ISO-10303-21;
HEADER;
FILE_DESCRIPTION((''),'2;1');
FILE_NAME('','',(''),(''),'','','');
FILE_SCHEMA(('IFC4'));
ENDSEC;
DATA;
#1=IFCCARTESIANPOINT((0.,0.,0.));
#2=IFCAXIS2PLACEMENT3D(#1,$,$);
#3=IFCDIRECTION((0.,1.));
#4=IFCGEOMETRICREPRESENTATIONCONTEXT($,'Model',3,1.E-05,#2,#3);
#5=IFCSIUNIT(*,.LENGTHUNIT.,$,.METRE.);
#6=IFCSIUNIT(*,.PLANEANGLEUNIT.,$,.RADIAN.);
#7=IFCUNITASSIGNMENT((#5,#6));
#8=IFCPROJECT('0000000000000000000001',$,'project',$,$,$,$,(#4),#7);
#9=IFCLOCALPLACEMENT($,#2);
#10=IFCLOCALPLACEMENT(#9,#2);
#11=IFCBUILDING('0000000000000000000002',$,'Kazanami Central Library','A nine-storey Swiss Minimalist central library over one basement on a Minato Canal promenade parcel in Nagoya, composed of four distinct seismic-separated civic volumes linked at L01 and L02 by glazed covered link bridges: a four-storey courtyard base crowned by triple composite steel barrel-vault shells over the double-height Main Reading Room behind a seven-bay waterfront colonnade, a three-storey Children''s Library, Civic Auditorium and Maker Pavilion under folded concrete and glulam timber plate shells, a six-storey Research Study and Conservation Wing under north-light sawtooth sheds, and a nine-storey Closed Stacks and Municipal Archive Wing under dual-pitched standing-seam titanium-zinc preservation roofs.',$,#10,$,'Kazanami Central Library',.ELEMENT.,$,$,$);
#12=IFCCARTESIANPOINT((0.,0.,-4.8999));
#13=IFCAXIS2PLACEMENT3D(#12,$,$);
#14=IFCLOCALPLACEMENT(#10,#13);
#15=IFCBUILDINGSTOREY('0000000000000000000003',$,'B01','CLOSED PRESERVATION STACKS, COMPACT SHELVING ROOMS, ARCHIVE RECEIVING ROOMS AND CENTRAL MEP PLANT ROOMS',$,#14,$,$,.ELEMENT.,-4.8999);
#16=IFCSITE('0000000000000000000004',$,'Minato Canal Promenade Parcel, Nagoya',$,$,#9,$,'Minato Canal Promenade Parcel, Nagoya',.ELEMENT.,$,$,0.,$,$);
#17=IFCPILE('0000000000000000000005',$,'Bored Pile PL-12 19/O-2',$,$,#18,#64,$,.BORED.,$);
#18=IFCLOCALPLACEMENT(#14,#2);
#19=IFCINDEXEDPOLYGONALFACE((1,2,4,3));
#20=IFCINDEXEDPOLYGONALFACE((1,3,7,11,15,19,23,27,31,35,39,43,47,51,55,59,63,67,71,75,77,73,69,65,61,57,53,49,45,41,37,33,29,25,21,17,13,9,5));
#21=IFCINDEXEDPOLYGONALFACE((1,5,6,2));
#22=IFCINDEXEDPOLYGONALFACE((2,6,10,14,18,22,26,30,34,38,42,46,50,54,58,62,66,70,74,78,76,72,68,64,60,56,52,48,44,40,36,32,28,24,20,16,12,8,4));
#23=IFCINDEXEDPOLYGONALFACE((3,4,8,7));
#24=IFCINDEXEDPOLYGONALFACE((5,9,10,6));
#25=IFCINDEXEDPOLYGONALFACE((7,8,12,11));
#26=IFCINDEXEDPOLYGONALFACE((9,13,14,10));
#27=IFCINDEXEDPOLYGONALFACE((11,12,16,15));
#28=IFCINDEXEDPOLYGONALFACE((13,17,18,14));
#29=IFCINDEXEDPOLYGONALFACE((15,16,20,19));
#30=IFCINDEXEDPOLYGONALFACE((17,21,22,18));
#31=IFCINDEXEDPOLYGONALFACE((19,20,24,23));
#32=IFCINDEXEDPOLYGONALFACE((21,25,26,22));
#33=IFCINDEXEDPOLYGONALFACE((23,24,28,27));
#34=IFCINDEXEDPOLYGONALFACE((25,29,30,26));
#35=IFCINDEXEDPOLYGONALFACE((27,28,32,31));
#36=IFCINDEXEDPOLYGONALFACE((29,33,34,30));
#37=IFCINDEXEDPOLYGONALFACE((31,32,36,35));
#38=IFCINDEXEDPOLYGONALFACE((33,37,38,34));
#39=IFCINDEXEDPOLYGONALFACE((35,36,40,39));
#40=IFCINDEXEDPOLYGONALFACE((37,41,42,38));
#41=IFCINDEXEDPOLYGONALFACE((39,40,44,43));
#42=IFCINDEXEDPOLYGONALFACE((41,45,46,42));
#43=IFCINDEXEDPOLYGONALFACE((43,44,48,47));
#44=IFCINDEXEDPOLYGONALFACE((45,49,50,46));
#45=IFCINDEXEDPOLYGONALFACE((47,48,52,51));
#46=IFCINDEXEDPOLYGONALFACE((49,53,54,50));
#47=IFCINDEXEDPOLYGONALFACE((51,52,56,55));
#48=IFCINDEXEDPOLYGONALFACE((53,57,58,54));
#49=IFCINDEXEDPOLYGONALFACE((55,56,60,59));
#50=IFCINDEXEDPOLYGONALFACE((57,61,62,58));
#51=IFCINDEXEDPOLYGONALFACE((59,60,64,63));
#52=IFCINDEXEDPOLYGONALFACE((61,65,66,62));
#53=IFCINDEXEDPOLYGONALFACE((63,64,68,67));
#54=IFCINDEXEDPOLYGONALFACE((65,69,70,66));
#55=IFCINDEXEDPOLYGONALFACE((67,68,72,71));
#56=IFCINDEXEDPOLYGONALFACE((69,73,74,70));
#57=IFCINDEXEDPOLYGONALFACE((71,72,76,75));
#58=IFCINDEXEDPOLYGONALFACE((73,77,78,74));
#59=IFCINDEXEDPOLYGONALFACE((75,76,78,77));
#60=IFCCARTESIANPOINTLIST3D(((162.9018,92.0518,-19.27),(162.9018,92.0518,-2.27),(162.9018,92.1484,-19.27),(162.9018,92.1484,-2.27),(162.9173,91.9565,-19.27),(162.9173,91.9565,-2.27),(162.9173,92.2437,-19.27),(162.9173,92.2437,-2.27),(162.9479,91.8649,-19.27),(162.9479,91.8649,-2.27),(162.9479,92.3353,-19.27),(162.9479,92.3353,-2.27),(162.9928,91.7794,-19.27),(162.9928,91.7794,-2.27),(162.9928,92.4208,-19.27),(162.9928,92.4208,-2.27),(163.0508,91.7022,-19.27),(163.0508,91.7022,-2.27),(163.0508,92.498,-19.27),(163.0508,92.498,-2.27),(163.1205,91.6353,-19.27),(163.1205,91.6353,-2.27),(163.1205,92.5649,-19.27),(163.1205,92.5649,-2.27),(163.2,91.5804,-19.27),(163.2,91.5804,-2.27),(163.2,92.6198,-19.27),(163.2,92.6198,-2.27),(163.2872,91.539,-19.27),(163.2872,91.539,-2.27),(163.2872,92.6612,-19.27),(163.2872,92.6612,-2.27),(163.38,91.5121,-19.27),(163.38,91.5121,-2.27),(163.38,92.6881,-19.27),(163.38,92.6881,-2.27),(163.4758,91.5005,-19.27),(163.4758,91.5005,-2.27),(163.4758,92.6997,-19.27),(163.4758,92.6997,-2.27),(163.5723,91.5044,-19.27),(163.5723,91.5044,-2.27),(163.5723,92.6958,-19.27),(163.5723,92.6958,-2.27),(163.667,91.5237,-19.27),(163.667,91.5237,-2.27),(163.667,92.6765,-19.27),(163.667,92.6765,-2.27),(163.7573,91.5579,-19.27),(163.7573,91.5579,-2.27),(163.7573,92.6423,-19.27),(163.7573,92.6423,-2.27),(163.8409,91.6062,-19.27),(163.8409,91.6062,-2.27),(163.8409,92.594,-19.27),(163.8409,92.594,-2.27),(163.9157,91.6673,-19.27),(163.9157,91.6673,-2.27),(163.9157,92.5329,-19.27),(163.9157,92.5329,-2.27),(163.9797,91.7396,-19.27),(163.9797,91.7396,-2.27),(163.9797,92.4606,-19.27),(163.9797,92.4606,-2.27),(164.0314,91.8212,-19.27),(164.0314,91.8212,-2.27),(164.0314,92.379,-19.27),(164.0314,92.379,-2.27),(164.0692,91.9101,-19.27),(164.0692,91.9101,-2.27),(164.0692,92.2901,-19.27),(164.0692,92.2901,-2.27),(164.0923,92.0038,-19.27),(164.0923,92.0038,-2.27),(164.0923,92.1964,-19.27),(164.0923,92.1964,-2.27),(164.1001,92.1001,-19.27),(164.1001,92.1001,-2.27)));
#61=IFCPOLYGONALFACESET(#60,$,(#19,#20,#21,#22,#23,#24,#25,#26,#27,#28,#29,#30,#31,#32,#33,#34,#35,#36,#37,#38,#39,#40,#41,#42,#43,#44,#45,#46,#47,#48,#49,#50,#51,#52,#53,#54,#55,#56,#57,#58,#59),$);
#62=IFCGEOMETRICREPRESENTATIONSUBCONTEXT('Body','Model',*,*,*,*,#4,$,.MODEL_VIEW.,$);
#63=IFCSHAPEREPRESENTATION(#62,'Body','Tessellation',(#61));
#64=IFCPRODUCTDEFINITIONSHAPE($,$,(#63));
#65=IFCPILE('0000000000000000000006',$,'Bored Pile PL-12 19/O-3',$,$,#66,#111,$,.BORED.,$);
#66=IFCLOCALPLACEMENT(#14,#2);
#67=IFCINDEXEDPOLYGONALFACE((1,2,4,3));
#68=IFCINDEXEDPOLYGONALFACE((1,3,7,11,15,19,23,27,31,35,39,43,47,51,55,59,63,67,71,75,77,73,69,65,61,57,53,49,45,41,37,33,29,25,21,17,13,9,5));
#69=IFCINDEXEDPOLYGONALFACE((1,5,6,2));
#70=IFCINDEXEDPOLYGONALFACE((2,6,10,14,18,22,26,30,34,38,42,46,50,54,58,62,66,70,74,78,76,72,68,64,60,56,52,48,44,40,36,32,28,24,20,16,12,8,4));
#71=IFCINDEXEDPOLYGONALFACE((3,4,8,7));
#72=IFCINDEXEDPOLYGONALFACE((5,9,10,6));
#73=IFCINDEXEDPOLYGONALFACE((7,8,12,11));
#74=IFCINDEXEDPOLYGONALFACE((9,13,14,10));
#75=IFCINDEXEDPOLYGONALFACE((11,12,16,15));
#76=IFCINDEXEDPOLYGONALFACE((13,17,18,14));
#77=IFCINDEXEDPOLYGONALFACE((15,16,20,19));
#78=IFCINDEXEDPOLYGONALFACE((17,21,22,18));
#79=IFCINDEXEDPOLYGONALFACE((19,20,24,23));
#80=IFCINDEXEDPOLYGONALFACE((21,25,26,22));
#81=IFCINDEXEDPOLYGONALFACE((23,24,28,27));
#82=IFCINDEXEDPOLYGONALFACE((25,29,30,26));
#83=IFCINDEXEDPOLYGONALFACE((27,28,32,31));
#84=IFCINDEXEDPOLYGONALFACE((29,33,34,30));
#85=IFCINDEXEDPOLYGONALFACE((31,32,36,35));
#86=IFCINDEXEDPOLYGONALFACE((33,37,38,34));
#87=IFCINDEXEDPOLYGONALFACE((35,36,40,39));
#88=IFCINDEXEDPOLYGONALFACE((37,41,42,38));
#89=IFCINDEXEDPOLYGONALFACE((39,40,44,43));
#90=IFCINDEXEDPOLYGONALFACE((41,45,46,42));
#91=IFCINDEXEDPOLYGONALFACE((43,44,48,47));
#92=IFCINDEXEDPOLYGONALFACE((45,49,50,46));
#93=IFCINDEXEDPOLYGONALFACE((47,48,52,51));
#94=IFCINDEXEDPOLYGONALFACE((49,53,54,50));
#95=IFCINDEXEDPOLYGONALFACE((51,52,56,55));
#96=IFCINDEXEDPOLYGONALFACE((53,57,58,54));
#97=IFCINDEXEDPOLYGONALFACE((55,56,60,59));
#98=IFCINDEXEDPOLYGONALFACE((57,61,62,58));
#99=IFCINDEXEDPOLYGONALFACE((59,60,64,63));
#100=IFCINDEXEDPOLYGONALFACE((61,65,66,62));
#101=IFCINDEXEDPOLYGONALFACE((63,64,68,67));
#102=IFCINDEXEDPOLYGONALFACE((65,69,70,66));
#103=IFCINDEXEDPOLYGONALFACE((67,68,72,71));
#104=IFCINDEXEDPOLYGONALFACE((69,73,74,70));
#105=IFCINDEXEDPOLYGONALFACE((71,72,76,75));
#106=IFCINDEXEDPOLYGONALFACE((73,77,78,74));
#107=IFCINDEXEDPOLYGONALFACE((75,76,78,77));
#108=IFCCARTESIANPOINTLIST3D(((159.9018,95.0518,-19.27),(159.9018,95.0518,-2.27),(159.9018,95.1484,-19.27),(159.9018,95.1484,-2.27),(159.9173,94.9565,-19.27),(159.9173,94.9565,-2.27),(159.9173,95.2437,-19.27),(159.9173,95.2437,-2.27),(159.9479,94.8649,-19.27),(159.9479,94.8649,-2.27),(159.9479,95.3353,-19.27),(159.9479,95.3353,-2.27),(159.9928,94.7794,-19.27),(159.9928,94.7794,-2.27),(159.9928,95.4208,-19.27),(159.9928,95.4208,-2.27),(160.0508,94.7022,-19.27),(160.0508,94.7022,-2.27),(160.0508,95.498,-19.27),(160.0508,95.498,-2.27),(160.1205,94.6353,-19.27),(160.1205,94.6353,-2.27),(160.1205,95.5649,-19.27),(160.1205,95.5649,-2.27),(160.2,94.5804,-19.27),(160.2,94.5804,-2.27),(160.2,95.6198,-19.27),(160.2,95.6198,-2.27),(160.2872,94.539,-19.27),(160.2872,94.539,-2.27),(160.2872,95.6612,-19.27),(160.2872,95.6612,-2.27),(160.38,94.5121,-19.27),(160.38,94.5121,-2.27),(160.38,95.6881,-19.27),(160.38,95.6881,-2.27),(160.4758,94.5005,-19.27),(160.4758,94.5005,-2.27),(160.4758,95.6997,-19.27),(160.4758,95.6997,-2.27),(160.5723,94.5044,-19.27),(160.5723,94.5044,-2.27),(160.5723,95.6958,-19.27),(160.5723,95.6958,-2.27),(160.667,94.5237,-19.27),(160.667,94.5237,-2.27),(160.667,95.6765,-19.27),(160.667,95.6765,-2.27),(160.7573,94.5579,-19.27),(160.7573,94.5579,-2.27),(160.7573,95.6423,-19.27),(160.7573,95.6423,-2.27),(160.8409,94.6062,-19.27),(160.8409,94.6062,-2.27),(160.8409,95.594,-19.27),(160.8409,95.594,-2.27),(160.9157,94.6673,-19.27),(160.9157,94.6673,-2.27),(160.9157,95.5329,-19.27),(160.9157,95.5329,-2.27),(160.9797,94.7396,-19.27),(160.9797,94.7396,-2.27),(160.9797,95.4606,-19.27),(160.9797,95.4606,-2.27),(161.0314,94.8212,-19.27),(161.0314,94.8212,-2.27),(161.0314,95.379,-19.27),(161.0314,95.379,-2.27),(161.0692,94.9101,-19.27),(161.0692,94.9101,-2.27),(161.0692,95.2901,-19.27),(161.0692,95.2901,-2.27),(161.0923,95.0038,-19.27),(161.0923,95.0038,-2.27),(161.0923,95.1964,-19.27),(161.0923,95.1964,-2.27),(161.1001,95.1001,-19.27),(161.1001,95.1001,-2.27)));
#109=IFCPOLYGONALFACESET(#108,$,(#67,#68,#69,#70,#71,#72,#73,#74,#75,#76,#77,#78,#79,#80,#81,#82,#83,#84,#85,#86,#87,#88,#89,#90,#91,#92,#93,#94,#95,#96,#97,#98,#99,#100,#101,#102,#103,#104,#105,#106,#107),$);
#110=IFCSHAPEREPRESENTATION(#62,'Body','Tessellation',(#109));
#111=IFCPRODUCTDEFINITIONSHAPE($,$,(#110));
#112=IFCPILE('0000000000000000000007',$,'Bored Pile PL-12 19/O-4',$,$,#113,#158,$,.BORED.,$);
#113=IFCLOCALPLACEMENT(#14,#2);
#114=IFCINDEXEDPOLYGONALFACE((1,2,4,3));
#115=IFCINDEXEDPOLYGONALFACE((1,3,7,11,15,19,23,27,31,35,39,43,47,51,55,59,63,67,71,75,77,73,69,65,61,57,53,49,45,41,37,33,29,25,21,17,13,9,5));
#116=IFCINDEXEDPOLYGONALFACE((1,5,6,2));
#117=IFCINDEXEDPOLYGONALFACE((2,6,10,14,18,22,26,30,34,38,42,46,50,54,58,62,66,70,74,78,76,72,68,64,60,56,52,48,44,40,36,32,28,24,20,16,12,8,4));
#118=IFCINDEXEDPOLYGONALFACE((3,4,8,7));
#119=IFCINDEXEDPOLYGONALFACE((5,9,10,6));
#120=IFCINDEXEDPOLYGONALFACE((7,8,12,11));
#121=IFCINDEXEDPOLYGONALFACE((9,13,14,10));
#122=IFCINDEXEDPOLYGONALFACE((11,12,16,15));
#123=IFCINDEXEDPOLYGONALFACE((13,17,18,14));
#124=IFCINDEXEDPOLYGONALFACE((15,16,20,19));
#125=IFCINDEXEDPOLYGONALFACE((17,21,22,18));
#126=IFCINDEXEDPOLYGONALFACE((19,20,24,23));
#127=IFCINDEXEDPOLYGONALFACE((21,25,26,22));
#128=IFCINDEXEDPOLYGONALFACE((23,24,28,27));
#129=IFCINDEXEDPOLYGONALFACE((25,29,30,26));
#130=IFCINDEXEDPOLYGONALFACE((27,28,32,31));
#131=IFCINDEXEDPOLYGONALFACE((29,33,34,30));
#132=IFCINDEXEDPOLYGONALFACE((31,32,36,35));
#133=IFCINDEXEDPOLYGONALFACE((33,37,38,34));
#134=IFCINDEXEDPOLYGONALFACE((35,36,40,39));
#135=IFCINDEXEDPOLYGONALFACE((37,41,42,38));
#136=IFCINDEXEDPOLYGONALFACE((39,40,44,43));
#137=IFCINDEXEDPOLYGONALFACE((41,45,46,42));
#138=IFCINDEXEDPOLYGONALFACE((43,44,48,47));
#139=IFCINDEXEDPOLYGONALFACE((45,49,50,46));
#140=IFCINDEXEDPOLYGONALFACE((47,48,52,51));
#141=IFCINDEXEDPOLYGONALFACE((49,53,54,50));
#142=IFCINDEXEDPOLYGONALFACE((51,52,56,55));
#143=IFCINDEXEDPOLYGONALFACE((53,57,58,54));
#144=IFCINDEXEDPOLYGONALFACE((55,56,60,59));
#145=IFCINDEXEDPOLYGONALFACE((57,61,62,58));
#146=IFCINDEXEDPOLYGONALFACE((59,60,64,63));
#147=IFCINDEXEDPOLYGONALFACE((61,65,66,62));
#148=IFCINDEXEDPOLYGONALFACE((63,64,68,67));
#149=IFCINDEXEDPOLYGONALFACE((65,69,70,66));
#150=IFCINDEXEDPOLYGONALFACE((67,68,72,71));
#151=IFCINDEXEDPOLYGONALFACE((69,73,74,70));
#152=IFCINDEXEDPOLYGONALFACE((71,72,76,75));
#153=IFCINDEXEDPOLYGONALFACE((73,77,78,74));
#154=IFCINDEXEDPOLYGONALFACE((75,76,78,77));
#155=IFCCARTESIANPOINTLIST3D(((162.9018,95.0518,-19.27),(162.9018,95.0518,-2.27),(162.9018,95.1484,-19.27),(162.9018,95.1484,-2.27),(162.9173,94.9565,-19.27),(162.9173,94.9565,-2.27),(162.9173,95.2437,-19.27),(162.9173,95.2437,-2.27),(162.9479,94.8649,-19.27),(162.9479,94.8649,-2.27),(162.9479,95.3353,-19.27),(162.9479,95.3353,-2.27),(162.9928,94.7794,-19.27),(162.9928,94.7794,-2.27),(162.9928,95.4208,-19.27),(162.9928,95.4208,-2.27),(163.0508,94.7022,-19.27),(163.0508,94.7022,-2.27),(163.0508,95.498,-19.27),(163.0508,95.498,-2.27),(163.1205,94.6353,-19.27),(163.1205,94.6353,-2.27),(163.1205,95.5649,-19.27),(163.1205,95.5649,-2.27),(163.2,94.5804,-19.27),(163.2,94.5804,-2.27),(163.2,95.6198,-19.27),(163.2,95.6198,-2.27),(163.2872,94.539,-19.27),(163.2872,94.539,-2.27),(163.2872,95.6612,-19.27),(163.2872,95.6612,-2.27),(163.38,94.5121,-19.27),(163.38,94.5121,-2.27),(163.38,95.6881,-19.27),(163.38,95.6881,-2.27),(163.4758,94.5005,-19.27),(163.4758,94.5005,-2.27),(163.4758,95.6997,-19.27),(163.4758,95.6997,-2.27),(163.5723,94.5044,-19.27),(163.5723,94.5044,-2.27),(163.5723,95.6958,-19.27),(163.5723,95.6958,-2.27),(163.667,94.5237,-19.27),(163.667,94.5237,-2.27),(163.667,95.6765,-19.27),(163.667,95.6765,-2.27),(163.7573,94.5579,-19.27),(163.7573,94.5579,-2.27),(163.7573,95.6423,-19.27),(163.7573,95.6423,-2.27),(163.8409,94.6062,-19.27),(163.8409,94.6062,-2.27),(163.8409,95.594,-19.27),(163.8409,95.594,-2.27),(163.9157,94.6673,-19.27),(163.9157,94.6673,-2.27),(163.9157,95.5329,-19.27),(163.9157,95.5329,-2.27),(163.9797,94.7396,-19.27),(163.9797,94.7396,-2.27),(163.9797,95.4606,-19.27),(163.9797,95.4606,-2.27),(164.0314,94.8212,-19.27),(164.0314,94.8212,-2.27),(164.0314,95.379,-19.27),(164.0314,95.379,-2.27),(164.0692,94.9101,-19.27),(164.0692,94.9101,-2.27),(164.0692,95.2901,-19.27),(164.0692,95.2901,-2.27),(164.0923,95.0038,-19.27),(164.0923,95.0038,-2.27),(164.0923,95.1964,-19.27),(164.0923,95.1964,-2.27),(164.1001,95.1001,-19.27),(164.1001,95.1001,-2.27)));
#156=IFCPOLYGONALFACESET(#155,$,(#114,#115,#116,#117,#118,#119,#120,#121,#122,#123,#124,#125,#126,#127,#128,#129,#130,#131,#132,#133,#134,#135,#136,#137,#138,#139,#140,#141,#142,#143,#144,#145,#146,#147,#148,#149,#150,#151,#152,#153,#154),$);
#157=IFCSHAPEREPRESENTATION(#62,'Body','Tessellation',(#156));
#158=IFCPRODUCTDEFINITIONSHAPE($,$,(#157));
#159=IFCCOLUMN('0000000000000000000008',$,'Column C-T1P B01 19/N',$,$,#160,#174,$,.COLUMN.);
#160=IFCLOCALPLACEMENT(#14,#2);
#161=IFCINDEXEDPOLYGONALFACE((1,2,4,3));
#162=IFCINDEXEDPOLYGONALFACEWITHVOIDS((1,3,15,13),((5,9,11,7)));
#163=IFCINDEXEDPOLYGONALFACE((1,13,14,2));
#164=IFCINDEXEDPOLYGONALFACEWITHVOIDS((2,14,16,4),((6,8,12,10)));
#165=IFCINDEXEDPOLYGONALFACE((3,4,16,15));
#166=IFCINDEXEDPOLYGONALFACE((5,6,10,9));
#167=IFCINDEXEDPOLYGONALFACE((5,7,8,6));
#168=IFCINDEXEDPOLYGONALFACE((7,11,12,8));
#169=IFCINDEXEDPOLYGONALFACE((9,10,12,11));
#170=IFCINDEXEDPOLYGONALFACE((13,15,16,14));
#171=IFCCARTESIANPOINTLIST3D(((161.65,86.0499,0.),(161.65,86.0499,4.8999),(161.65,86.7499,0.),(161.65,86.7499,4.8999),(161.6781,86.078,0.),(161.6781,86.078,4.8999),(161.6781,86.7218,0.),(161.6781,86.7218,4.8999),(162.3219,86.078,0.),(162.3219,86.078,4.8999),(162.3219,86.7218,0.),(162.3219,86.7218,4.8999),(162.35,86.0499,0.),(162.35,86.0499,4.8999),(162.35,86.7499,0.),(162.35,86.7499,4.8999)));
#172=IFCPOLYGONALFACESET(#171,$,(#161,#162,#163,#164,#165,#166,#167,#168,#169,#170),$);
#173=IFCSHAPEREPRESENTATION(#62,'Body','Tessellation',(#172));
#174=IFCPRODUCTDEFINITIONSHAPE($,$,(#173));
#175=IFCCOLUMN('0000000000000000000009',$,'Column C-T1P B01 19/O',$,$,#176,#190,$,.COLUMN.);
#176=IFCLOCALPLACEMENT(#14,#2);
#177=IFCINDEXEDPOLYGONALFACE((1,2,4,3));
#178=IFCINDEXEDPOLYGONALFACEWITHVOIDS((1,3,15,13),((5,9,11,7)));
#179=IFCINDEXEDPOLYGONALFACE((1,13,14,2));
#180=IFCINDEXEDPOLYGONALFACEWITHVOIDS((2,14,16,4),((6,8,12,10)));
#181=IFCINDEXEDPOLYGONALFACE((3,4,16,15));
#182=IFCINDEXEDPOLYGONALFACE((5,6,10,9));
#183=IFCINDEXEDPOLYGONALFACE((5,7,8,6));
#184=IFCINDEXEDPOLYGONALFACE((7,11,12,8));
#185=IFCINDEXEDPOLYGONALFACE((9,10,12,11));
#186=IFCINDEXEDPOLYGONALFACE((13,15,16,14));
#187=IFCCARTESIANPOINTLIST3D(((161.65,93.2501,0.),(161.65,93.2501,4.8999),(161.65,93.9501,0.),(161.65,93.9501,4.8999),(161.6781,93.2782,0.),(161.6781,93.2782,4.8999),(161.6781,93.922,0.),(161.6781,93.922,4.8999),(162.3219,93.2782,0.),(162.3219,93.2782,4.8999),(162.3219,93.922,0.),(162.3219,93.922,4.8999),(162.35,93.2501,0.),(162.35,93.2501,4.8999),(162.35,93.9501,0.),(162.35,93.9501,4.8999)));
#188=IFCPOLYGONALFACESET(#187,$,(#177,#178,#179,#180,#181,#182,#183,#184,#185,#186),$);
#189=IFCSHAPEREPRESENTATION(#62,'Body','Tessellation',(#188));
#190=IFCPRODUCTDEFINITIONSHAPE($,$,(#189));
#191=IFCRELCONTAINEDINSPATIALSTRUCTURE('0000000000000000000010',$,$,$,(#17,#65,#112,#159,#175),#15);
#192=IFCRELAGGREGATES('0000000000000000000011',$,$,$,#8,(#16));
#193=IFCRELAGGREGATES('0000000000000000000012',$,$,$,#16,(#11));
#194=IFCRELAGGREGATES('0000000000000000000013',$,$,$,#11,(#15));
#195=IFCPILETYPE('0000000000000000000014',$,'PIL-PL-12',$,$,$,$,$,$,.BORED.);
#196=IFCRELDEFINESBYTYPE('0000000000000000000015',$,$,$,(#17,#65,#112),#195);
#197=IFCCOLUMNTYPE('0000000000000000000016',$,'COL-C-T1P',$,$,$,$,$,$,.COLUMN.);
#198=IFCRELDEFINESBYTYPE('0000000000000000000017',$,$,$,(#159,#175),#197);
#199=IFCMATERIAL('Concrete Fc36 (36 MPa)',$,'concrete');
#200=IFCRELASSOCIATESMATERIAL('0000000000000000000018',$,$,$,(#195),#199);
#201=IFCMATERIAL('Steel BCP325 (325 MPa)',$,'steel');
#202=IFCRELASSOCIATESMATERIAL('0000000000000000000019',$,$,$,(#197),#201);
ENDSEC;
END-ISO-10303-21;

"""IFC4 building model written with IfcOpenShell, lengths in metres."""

from ifc_helpers import new_model, si_unit, direction, frame, origin, origin_2d, place, context, subcontext, project, spatial, hollow_rectangle, circle, extrude, material, material_profile, profile_set, type_object, element, save


model = new_model("IFC4")

# Units and contexts
model_context = context("Model", 3, precision=1e-05, world=origin(), true_north=direction((0.0, 1.0)))
body_context = subcontext(model_context, "Body", "Model", "MODEL_VIEW")
ifc_project = project(units=[si_unit("LENGTHUNIT", "METRE"), si_unit("PLANEANGLEUNIT", "RADIAN")], contexts=[model_context])

# Site, building, storey
site_placement = place(None, origin())
site = spatial("IfcSite", under=ifc_project, at=site_placement, Name="Minato Canal Promenade Parcel, Nagoya", LongName="Minato Canal Promenade Parcel, Nagoya", CompositionType="ELEMENT", RefElevation=0.0)
building_placement = place(site_placement, origin())
building = spatial("IfcBuilding", under=site, at=building_placement, Name="Kazanami Central Library", Description="A nine-storey Swiss Minimalist central library over one basement on a Minato Canal promenade parcel in Nagoya, composed of four distinct seismic-separated civic volumes linked at L01 and L02 by glazed covered link bridges: a four-storey courtyard base crowned by triple composite steel barrel-vault shells over the double-height Main Reading Room behind a seven-bay waterfront colonnade, a three-storey Children's Library, Civic Auditorium and Maker Pavilion under folded concrete and glulam timber plate shells, a six-storey Research Study and Conservation Wing under north-light sawtooth sheds, and a nine-storey Closed Stacks and Municipal Archive Wing under dual-pitched standing-seam titanium-zinc preservation roofs.", LongName="Kazanami Central Library", CompositionType="ELEMENT")
storey_placement = place(building_placement, frame((0.0, 0.0, -4.8999)))
storey = spatial("IfcBuildingStorey", under=building, at=storey_placement, Name="B01", Description="CLOSED PRESERVATION STACKS, COMPACT SHELVING ROOMS, ARCHIVE RECEIVING ROOMS AND CENTRAL MEP PLANT ROOMS", CompositionType="ELEMENT", Elevation=-4.8999)

# Shared definitions
ifc_material_1 = material(Name="Concrete Fc36 (36 MPa)", Category="concrete")

# Piles
ifc_material_profile_1 = material_profile(ifc_material_1, circle(Radius=0.6001, at=origin_2d()), Name="BORED-D1200")
ifc_profile_set_1 = profile_set([ifc_material_profile_1], Name="Concrete Fc36 (36 MPa)")
pile_type = type_object("IfcPileType", Name="PIL-PL-12", PredefinedType="BORED", material=ifc_profile_set_1)
for number, where, z_axis, x_axis, name in (
    (1, (163.5, 92.1001, -2.27), (0.0, 0.0, -1.0), (1.0, 0.0, 0.0), "Bored Pile PL-12 19/O-2"),
    (2, (160.5, 95.1001, -2.27), (0.0, 0.0, -1.0), (1.0, 0.0, 0.0), "Bored Pile PL-12 19/O-3"),
    (3, (163.5, 95.1001, -2.27), (0.0, 0.0, -1.0), (1.0, 0.0, 0.0), "Bored Pile PL-12 19/O-4"),
):
    element("IfcPile", number, at=place(storey_placement, frame(where, z_axis=z_axis, x_axis=x_axis)), inside=storey, type_object=pile_type, Name=name, PredefinedType="BORED", context=body_context, shape_type="SweptSolid", body=[
        extrude(circle(Radius=0.6001, at=origin_2d()), origin(), (0.0, 0.0, 1.0), 17.0),
    ])

# Columns
ifc_material_2 = material(Name="Steel BCP325 (325 MPa)", Category="steel")
ifc_material_profile_2 = material_profile(ifc_material_2, hollow_rectangle(XDim=0.7, YDim=0.7, WallThickness=0.0281, at=origin_2d()), Name="BCP-700x700x28")
ifc_profile_set_2 = profile_set([ifc_material_profile_2], Name="Steel BCP325 (325 MPa)")
column_type = type_object("IfcColumnType", Name="COL-C-T1P", PredefinedType="COLUMN", material=ifc_profile_set_2)
for number, where, z_axis, x_axis, name in (
    (4, (162.0, 86.3999, 0.0), (0.0, 0.0, 1.0), (1.0, 0.0, 0.0), "Column C-T1P B01 19/N"),
    (5, (162.0, 93.6001, 0.0), (0.0, 0.0, 1.0), (1.0, 0.0, 0.0), "Column C-T1P B01 19/O"),
):
    element("IfcColumn", number, at=place(storey_placement, frame(where, z_axis=z_axis, x_axis=x_axis)), inside=storey, type_object=column_type, Name=name, PredefinedType="COLUMN", context=body_context, shape_type="SweptSolid", body=[
        extrude(hollow_rectangle(XDim=0.7, YDim=0.7, WallThickness=0.0281, at=origin_2d()), origin(), (0.0, 0.0, 1.0), 4.8999),
    ])

save(model, "model.ifc")
